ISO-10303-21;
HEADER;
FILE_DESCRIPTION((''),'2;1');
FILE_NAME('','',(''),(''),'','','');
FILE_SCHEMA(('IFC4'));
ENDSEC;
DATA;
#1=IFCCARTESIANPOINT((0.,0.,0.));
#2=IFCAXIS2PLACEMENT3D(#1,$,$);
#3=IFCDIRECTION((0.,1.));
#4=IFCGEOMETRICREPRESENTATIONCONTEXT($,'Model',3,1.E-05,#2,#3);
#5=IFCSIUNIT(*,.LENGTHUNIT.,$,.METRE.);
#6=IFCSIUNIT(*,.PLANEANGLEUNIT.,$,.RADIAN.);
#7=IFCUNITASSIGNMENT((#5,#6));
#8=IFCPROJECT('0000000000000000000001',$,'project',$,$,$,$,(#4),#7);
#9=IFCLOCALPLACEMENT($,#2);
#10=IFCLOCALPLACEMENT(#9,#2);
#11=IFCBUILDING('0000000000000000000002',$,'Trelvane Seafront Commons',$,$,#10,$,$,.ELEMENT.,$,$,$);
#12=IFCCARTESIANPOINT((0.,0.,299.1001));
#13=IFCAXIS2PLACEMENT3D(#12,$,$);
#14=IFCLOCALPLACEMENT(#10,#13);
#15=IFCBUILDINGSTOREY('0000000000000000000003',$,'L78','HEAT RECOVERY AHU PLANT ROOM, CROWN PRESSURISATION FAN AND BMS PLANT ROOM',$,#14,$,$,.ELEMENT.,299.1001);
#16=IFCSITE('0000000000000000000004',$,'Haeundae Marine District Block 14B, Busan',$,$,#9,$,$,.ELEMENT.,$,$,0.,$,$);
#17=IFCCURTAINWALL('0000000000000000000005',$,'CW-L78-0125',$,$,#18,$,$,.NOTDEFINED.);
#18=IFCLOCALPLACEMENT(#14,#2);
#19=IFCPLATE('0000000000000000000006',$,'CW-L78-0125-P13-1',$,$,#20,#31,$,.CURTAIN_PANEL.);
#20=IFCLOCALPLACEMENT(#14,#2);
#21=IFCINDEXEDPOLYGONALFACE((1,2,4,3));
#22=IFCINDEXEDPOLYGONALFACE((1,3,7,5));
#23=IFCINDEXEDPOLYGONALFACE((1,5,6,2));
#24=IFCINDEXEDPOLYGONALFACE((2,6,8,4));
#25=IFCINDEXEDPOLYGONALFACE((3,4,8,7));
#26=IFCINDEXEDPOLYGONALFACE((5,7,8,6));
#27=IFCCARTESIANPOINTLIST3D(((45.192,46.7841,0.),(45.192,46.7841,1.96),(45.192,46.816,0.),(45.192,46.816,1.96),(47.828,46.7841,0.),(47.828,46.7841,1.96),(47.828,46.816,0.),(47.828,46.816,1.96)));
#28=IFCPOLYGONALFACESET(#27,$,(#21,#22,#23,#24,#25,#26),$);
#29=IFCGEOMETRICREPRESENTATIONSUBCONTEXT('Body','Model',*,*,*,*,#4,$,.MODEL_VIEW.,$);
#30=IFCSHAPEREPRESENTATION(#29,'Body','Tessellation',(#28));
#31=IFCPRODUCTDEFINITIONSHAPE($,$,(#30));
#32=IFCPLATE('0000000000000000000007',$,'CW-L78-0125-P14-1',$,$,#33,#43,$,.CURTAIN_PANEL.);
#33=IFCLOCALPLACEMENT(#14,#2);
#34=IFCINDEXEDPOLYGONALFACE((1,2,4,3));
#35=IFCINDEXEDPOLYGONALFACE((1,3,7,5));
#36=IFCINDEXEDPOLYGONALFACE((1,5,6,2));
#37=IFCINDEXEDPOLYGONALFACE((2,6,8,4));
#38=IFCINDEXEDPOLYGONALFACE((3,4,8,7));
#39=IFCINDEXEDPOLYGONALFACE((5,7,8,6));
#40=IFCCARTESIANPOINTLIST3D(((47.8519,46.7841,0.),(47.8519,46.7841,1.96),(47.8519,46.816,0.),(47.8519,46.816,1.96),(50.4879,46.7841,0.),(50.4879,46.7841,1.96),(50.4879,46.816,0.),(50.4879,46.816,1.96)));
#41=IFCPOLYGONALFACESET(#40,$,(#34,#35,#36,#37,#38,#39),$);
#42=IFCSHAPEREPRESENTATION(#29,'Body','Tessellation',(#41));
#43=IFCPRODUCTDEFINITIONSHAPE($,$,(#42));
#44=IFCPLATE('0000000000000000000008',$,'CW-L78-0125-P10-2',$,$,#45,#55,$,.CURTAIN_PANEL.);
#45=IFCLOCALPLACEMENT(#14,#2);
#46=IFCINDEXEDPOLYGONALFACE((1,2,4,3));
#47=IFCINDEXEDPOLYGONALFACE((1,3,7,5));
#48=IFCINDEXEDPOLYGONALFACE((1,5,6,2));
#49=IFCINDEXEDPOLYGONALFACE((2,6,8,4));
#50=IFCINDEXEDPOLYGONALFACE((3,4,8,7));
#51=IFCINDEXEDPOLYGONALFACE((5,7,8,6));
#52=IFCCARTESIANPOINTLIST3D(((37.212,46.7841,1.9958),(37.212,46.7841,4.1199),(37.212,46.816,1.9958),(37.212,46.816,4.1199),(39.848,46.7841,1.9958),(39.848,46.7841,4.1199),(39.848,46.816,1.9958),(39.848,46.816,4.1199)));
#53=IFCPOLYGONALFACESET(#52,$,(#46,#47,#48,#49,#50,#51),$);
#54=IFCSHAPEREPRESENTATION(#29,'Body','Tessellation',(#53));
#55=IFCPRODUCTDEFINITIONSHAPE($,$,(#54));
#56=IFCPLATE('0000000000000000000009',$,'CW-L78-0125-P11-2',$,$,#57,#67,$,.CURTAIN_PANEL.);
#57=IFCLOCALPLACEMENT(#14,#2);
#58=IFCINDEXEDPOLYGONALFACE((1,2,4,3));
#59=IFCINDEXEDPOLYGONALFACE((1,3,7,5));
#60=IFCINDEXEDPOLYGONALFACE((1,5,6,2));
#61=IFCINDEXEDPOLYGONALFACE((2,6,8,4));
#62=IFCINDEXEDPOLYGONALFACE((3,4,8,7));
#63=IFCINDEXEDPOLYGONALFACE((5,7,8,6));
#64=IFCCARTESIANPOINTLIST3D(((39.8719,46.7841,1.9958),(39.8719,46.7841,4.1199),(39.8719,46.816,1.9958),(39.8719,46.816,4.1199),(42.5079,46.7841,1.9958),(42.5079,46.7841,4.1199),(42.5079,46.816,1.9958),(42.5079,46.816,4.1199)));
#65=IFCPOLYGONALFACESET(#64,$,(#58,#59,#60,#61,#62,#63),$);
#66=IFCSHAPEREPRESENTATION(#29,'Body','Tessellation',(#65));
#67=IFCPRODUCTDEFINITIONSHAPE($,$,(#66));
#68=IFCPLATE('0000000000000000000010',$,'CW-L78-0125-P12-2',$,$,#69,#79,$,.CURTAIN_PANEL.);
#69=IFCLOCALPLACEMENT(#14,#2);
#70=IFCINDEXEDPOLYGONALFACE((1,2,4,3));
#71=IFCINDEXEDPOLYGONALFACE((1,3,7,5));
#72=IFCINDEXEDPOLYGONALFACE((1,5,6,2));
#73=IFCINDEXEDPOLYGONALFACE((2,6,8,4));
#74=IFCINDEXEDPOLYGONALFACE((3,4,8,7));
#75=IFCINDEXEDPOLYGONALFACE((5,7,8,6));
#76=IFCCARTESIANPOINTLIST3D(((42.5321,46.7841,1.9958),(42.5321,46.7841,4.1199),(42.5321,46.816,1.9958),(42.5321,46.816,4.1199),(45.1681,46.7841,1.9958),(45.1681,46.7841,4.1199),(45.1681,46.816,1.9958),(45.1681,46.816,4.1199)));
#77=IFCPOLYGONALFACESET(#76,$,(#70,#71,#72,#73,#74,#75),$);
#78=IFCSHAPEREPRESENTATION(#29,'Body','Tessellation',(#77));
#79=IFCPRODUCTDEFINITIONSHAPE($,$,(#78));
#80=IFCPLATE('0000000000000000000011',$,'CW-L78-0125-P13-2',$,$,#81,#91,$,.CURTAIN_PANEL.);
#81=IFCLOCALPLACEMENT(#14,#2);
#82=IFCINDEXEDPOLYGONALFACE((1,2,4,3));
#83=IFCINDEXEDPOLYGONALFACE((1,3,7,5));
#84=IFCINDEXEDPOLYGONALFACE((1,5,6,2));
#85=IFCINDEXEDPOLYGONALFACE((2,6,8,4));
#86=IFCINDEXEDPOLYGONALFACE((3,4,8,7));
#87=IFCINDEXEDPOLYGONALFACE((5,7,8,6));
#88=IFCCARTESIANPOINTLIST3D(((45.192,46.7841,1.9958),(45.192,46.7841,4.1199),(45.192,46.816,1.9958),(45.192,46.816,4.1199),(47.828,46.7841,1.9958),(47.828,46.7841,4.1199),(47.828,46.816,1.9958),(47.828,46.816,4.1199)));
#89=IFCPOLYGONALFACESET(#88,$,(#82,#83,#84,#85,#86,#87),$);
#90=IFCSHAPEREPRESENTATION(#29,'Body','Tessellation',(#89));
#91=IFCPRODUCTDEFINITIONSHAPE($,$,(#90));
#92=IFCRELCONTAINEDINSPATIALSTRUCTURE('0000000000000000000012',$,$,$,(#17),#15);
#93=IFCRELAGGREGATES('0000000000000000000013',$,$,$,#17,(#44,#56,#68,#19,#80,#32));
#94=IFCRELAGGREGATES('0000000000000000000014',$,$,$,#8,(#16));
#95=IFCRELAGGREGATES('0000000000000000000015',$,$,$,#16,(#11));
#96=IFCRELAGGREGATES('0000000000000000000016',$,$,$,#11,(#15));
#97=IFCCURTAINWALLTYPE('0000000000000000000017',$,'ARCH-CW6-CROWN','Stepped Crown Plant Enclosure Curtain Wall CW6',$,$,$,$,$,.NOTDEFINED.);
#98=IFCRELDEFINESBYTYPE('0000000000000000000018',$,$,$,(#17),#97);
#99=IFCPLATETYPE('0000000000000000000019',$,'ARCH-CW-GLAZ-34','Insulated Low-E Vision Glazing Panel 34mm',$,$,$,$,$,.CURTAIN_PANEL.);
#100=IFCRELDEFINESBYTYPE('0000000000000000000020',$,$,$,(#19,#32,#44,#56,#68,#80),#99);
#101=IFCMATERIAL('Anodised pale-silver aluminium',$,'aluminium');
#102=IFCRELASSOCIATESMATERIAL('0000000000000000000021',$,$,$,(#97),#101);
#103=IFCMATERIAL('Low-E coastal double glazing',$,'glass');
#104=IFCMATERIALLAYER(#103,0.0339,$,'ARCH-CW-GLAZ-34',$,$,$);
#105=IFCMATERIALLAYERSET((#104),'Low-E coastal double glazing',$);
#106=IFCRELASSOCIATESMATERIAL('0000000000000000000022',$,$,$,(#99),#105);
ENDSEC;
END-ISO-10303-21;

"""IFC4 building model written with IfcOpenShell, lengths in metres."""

from ifc_helpers import new_model, si_unit, direction, frame, origin, origin_2d, place, context, subcontext, project, spatial, rectangle, extrude, source, transform, mapped, material, layer, layer_set, type_object, element, aggregate, save


model = new_model("IFC4")

# Units and contexts
model_context = context("Model", 3, precision=1e-05, world=origin(), true_north=direction((0.0, 1.0)))
body_context = subcontext(model_context, "Body", "Model", "MODEL_VIEW")
ifc_project = project(units=[si_unit("LENGTHUNIT", "METRE"), si_unit("PLANEANGLEUNIT", "RADIAN")], contexts=[model_context])

# Site, building, storey
site_placement = place(None, origin())
site = spatial("IfcSite", under=ifc_project, at=site_placement, Name="Haeundae Marine District Block 14B, Busan", CompositionType="ELEMENT", RefElevation=0.0)
building_placement = place(site_placement, origin())
building = spatial("IfcBuilding", under=site, at=building_placement, Name="Trelvane Seafront Commons", CompositionType="ELEMENT")
storey_placement = place(building_placement, frame((0.0, 0.0, 299.1001)))
storey = spatial("IfcBuildingStorey", under=building, at=storey_placement, Name="L78", Description="HEAT RECOVERY AHU PLANT ROOM, CROWN PRESSURISATION FAN AND BMS PLANT ROOM", CompositionType="ELEMENT", Elevation=299.1001)

# Curtain wall, plates
ifc_material_1 = material(Name="Anodised pale-silver aluminium", Category="aluminium")
curtain_wall_type = type_object("IfcCurtainWallType", Name="ARCH-CW6-CROWN", Description="Stepped Crown Plant Enclosure Curtain Wall CW6", PredefinedType="NOTDEFINED", material=ifc_material_1)
curtain_wall_placement = place(storey_placement, origin())
curtain_wall = element("IfcCurtainWall", 1, at=curtain_wall_placement, inside=storey, type_object=curtain_wall_type, Name="CW-L78-0125", PredefinedType="NOTDEFINED")
ifc_material_2 = material(Name="Low-E coastal double glazing", Category="glass")
ifc_layer = layer(ifc_material_2, 0.0339, Name="ARCH-CW-GLAZ-34")
ifc_layer_set = layer_set([ifc_layer], Name="Low-E coastal double glazing")
plate_type = type_object("IfcPlateType", Name="ARCH-CW-GLAZ-34", Description="Insulated Low-E Vision Glazing Panel 34mm", PredefinedType="CURTAIN_PANEL", material=ifc_layer_set)
shared_shape_1 = source(origin(), body_context, "Body", "SweptSolid", [
    extrude(rectangle(XDim=2.636, YDim=0.032, at=origin_2d()), origin(), (0.0, 0.0, 1.0), 1.96),
])
plate_1_placement = place(storey_placement, frame((46.51, 46.8, 0.0), z_axis=(0.0, 0.0, 1.0), x_axis=(1.0, 0.0, 0.0)))
plate_1 = element("IfcPlate", 2, at=plate_1_placement, type_object=plate_type, Name="CW-L78-0125-P13-1", PredefinedType="CURTAIN_PANEL", context=body_context, shape_type="MappedRepresentation", body=[
    mapped(shared_shape_1, transform((0.0, 0.0, 0.0), x_axis=(1.0, 0.0, 0.0), y_axis=(0.0, 1.0, 0.0), z_axis=(0.0, 0.0, 1.0), scale=1.0)),
])
plate_2_placement = place(storey_placement, frame((49.1699, 46.8, 0.0), z_axis=(0.0, 0.0, 1.0), x_axis=(1.0, 0.0, 0.0)))
plate_2 = element("IfcPlate", 3, at=plate_2_placement, type_object=plate_type, Name="CW-L78-0125-P14-1", PredefinedType="CURTAIN_PANEL", context=body_context, shape_type="MappedRepresentation", body=[
    mapped(shared_shape_1, transform((0.0, 0.0, 0.0), x_axis=(1.0, 0.0, 0.0), y_axis=(0.0, 1.0, 0.0), z_axis=(0.0, 0.0, 1.0), scale=1.0)),
])
shared_shape_2 = source(origin(), body_context, "Body", "SweptSolid", [
    extrude(rectangle(XDim=2.636, YDim=0.032, at=origin_2d()), origin(), (0.0, 0.0, 1.0), 2.124),
])
plate_3_placement = place(storey_placement, frame((38.53, 46.8, 1.9958), z_axis=(0.0, 0.0, 1.0), x_axis=(1.0, 0.0, 0.0)))
plate_3 = element("IfcPlate", 4, at=plate_3_placement, type_object=plate_type, Name="CW-L78-0125-P10-2", PredefinedType="CURTAIN_PANEL", context=body_context, shape_type="MappedRepresentation", body=[
    mapped(shared_shape_2, transform((0.0, 0.0, 0.0), x_axis=(1.0, 0.0, 0.0), y_axis=(0.0, 1.0, 0.0), z_axis=(0.0, 0.0, 1.0), scale=1.0)),
])
plate_4_placement = place(storey_placement, frame((41.1899, 46.8, 1.9958), z_axis=(0.0, 0.0, 1.0), x_axis=(1.0, 0.0, 0.0)))
plate_4 = element("IfcPlate", 5, at=plate_4_placement, type_object=plate_type, Name="CW-L78-0125-P11-2", PredefinedType="CURTAIN_PANEL", context=body_context, shape_type="MappedRepresentation", body=[
    mapped(shared_shape_2, transform((0.0, 0.0, 0.0), x_axis=(1.0, 0.0, 0.0), y_axis=(0.0, 1.0, 0.0), z_axis=(0.0, 0.0, 1.0), scale=1.0)),
])
plate_5_placement = place(storey_placement, frame((43.8501, 46.8, 1.9958), z_axis=(0.0, 0.0, 1.0), x_axis=(1.0, 0.0, 0.0)))
plate_5 = element("IfcPlate", 6, at=plate_5_placement, type_object=plate_type, Name="CW-L78-0125-P12-2", PredefinedType="CURTAIN_PANEL", context=body_context, shape_type="MappedRepresentation", body=[
    mapped(shared_shape_2, transform((0.0, 0.0, 0.0), x_axis=(1.0, 0.0, 0.0), y_axis=(0.0, 1.0, 0.0), z_axis=(0.0, 0.0, 1.0), scale=1.0)),
])
plate_6_placement = place(storey_placement, frame((46.51, 46.8, 1.9958), z_axis=(0.0, 0.0, 1.0), x_axis=(1.0, 0.0, 0.0)))
plate_6 = element("IfcPlate", 7, at=plate_6_placement, type_object=plate_type, Name="CW-L78-0125-P13-2", PredefinedType="CURTAIN_PANEL", context=body_context, shape_type="MappedRepresentation", body=[
    mapped(shared_shape_2, transform((0.0, 0.0, 0.0), x_axis=(1.0, 0.0, 0.0), y_axis=(0.0, 1.0, 0.0), z_axis=(0.0, 0.0, 1.0), scale=1.0)),
])
aggregate(curtain_wall, [plate_3, plate_4, plate_5, plate_1, plate_6, plate_2])

save(model, "model.ifc")
